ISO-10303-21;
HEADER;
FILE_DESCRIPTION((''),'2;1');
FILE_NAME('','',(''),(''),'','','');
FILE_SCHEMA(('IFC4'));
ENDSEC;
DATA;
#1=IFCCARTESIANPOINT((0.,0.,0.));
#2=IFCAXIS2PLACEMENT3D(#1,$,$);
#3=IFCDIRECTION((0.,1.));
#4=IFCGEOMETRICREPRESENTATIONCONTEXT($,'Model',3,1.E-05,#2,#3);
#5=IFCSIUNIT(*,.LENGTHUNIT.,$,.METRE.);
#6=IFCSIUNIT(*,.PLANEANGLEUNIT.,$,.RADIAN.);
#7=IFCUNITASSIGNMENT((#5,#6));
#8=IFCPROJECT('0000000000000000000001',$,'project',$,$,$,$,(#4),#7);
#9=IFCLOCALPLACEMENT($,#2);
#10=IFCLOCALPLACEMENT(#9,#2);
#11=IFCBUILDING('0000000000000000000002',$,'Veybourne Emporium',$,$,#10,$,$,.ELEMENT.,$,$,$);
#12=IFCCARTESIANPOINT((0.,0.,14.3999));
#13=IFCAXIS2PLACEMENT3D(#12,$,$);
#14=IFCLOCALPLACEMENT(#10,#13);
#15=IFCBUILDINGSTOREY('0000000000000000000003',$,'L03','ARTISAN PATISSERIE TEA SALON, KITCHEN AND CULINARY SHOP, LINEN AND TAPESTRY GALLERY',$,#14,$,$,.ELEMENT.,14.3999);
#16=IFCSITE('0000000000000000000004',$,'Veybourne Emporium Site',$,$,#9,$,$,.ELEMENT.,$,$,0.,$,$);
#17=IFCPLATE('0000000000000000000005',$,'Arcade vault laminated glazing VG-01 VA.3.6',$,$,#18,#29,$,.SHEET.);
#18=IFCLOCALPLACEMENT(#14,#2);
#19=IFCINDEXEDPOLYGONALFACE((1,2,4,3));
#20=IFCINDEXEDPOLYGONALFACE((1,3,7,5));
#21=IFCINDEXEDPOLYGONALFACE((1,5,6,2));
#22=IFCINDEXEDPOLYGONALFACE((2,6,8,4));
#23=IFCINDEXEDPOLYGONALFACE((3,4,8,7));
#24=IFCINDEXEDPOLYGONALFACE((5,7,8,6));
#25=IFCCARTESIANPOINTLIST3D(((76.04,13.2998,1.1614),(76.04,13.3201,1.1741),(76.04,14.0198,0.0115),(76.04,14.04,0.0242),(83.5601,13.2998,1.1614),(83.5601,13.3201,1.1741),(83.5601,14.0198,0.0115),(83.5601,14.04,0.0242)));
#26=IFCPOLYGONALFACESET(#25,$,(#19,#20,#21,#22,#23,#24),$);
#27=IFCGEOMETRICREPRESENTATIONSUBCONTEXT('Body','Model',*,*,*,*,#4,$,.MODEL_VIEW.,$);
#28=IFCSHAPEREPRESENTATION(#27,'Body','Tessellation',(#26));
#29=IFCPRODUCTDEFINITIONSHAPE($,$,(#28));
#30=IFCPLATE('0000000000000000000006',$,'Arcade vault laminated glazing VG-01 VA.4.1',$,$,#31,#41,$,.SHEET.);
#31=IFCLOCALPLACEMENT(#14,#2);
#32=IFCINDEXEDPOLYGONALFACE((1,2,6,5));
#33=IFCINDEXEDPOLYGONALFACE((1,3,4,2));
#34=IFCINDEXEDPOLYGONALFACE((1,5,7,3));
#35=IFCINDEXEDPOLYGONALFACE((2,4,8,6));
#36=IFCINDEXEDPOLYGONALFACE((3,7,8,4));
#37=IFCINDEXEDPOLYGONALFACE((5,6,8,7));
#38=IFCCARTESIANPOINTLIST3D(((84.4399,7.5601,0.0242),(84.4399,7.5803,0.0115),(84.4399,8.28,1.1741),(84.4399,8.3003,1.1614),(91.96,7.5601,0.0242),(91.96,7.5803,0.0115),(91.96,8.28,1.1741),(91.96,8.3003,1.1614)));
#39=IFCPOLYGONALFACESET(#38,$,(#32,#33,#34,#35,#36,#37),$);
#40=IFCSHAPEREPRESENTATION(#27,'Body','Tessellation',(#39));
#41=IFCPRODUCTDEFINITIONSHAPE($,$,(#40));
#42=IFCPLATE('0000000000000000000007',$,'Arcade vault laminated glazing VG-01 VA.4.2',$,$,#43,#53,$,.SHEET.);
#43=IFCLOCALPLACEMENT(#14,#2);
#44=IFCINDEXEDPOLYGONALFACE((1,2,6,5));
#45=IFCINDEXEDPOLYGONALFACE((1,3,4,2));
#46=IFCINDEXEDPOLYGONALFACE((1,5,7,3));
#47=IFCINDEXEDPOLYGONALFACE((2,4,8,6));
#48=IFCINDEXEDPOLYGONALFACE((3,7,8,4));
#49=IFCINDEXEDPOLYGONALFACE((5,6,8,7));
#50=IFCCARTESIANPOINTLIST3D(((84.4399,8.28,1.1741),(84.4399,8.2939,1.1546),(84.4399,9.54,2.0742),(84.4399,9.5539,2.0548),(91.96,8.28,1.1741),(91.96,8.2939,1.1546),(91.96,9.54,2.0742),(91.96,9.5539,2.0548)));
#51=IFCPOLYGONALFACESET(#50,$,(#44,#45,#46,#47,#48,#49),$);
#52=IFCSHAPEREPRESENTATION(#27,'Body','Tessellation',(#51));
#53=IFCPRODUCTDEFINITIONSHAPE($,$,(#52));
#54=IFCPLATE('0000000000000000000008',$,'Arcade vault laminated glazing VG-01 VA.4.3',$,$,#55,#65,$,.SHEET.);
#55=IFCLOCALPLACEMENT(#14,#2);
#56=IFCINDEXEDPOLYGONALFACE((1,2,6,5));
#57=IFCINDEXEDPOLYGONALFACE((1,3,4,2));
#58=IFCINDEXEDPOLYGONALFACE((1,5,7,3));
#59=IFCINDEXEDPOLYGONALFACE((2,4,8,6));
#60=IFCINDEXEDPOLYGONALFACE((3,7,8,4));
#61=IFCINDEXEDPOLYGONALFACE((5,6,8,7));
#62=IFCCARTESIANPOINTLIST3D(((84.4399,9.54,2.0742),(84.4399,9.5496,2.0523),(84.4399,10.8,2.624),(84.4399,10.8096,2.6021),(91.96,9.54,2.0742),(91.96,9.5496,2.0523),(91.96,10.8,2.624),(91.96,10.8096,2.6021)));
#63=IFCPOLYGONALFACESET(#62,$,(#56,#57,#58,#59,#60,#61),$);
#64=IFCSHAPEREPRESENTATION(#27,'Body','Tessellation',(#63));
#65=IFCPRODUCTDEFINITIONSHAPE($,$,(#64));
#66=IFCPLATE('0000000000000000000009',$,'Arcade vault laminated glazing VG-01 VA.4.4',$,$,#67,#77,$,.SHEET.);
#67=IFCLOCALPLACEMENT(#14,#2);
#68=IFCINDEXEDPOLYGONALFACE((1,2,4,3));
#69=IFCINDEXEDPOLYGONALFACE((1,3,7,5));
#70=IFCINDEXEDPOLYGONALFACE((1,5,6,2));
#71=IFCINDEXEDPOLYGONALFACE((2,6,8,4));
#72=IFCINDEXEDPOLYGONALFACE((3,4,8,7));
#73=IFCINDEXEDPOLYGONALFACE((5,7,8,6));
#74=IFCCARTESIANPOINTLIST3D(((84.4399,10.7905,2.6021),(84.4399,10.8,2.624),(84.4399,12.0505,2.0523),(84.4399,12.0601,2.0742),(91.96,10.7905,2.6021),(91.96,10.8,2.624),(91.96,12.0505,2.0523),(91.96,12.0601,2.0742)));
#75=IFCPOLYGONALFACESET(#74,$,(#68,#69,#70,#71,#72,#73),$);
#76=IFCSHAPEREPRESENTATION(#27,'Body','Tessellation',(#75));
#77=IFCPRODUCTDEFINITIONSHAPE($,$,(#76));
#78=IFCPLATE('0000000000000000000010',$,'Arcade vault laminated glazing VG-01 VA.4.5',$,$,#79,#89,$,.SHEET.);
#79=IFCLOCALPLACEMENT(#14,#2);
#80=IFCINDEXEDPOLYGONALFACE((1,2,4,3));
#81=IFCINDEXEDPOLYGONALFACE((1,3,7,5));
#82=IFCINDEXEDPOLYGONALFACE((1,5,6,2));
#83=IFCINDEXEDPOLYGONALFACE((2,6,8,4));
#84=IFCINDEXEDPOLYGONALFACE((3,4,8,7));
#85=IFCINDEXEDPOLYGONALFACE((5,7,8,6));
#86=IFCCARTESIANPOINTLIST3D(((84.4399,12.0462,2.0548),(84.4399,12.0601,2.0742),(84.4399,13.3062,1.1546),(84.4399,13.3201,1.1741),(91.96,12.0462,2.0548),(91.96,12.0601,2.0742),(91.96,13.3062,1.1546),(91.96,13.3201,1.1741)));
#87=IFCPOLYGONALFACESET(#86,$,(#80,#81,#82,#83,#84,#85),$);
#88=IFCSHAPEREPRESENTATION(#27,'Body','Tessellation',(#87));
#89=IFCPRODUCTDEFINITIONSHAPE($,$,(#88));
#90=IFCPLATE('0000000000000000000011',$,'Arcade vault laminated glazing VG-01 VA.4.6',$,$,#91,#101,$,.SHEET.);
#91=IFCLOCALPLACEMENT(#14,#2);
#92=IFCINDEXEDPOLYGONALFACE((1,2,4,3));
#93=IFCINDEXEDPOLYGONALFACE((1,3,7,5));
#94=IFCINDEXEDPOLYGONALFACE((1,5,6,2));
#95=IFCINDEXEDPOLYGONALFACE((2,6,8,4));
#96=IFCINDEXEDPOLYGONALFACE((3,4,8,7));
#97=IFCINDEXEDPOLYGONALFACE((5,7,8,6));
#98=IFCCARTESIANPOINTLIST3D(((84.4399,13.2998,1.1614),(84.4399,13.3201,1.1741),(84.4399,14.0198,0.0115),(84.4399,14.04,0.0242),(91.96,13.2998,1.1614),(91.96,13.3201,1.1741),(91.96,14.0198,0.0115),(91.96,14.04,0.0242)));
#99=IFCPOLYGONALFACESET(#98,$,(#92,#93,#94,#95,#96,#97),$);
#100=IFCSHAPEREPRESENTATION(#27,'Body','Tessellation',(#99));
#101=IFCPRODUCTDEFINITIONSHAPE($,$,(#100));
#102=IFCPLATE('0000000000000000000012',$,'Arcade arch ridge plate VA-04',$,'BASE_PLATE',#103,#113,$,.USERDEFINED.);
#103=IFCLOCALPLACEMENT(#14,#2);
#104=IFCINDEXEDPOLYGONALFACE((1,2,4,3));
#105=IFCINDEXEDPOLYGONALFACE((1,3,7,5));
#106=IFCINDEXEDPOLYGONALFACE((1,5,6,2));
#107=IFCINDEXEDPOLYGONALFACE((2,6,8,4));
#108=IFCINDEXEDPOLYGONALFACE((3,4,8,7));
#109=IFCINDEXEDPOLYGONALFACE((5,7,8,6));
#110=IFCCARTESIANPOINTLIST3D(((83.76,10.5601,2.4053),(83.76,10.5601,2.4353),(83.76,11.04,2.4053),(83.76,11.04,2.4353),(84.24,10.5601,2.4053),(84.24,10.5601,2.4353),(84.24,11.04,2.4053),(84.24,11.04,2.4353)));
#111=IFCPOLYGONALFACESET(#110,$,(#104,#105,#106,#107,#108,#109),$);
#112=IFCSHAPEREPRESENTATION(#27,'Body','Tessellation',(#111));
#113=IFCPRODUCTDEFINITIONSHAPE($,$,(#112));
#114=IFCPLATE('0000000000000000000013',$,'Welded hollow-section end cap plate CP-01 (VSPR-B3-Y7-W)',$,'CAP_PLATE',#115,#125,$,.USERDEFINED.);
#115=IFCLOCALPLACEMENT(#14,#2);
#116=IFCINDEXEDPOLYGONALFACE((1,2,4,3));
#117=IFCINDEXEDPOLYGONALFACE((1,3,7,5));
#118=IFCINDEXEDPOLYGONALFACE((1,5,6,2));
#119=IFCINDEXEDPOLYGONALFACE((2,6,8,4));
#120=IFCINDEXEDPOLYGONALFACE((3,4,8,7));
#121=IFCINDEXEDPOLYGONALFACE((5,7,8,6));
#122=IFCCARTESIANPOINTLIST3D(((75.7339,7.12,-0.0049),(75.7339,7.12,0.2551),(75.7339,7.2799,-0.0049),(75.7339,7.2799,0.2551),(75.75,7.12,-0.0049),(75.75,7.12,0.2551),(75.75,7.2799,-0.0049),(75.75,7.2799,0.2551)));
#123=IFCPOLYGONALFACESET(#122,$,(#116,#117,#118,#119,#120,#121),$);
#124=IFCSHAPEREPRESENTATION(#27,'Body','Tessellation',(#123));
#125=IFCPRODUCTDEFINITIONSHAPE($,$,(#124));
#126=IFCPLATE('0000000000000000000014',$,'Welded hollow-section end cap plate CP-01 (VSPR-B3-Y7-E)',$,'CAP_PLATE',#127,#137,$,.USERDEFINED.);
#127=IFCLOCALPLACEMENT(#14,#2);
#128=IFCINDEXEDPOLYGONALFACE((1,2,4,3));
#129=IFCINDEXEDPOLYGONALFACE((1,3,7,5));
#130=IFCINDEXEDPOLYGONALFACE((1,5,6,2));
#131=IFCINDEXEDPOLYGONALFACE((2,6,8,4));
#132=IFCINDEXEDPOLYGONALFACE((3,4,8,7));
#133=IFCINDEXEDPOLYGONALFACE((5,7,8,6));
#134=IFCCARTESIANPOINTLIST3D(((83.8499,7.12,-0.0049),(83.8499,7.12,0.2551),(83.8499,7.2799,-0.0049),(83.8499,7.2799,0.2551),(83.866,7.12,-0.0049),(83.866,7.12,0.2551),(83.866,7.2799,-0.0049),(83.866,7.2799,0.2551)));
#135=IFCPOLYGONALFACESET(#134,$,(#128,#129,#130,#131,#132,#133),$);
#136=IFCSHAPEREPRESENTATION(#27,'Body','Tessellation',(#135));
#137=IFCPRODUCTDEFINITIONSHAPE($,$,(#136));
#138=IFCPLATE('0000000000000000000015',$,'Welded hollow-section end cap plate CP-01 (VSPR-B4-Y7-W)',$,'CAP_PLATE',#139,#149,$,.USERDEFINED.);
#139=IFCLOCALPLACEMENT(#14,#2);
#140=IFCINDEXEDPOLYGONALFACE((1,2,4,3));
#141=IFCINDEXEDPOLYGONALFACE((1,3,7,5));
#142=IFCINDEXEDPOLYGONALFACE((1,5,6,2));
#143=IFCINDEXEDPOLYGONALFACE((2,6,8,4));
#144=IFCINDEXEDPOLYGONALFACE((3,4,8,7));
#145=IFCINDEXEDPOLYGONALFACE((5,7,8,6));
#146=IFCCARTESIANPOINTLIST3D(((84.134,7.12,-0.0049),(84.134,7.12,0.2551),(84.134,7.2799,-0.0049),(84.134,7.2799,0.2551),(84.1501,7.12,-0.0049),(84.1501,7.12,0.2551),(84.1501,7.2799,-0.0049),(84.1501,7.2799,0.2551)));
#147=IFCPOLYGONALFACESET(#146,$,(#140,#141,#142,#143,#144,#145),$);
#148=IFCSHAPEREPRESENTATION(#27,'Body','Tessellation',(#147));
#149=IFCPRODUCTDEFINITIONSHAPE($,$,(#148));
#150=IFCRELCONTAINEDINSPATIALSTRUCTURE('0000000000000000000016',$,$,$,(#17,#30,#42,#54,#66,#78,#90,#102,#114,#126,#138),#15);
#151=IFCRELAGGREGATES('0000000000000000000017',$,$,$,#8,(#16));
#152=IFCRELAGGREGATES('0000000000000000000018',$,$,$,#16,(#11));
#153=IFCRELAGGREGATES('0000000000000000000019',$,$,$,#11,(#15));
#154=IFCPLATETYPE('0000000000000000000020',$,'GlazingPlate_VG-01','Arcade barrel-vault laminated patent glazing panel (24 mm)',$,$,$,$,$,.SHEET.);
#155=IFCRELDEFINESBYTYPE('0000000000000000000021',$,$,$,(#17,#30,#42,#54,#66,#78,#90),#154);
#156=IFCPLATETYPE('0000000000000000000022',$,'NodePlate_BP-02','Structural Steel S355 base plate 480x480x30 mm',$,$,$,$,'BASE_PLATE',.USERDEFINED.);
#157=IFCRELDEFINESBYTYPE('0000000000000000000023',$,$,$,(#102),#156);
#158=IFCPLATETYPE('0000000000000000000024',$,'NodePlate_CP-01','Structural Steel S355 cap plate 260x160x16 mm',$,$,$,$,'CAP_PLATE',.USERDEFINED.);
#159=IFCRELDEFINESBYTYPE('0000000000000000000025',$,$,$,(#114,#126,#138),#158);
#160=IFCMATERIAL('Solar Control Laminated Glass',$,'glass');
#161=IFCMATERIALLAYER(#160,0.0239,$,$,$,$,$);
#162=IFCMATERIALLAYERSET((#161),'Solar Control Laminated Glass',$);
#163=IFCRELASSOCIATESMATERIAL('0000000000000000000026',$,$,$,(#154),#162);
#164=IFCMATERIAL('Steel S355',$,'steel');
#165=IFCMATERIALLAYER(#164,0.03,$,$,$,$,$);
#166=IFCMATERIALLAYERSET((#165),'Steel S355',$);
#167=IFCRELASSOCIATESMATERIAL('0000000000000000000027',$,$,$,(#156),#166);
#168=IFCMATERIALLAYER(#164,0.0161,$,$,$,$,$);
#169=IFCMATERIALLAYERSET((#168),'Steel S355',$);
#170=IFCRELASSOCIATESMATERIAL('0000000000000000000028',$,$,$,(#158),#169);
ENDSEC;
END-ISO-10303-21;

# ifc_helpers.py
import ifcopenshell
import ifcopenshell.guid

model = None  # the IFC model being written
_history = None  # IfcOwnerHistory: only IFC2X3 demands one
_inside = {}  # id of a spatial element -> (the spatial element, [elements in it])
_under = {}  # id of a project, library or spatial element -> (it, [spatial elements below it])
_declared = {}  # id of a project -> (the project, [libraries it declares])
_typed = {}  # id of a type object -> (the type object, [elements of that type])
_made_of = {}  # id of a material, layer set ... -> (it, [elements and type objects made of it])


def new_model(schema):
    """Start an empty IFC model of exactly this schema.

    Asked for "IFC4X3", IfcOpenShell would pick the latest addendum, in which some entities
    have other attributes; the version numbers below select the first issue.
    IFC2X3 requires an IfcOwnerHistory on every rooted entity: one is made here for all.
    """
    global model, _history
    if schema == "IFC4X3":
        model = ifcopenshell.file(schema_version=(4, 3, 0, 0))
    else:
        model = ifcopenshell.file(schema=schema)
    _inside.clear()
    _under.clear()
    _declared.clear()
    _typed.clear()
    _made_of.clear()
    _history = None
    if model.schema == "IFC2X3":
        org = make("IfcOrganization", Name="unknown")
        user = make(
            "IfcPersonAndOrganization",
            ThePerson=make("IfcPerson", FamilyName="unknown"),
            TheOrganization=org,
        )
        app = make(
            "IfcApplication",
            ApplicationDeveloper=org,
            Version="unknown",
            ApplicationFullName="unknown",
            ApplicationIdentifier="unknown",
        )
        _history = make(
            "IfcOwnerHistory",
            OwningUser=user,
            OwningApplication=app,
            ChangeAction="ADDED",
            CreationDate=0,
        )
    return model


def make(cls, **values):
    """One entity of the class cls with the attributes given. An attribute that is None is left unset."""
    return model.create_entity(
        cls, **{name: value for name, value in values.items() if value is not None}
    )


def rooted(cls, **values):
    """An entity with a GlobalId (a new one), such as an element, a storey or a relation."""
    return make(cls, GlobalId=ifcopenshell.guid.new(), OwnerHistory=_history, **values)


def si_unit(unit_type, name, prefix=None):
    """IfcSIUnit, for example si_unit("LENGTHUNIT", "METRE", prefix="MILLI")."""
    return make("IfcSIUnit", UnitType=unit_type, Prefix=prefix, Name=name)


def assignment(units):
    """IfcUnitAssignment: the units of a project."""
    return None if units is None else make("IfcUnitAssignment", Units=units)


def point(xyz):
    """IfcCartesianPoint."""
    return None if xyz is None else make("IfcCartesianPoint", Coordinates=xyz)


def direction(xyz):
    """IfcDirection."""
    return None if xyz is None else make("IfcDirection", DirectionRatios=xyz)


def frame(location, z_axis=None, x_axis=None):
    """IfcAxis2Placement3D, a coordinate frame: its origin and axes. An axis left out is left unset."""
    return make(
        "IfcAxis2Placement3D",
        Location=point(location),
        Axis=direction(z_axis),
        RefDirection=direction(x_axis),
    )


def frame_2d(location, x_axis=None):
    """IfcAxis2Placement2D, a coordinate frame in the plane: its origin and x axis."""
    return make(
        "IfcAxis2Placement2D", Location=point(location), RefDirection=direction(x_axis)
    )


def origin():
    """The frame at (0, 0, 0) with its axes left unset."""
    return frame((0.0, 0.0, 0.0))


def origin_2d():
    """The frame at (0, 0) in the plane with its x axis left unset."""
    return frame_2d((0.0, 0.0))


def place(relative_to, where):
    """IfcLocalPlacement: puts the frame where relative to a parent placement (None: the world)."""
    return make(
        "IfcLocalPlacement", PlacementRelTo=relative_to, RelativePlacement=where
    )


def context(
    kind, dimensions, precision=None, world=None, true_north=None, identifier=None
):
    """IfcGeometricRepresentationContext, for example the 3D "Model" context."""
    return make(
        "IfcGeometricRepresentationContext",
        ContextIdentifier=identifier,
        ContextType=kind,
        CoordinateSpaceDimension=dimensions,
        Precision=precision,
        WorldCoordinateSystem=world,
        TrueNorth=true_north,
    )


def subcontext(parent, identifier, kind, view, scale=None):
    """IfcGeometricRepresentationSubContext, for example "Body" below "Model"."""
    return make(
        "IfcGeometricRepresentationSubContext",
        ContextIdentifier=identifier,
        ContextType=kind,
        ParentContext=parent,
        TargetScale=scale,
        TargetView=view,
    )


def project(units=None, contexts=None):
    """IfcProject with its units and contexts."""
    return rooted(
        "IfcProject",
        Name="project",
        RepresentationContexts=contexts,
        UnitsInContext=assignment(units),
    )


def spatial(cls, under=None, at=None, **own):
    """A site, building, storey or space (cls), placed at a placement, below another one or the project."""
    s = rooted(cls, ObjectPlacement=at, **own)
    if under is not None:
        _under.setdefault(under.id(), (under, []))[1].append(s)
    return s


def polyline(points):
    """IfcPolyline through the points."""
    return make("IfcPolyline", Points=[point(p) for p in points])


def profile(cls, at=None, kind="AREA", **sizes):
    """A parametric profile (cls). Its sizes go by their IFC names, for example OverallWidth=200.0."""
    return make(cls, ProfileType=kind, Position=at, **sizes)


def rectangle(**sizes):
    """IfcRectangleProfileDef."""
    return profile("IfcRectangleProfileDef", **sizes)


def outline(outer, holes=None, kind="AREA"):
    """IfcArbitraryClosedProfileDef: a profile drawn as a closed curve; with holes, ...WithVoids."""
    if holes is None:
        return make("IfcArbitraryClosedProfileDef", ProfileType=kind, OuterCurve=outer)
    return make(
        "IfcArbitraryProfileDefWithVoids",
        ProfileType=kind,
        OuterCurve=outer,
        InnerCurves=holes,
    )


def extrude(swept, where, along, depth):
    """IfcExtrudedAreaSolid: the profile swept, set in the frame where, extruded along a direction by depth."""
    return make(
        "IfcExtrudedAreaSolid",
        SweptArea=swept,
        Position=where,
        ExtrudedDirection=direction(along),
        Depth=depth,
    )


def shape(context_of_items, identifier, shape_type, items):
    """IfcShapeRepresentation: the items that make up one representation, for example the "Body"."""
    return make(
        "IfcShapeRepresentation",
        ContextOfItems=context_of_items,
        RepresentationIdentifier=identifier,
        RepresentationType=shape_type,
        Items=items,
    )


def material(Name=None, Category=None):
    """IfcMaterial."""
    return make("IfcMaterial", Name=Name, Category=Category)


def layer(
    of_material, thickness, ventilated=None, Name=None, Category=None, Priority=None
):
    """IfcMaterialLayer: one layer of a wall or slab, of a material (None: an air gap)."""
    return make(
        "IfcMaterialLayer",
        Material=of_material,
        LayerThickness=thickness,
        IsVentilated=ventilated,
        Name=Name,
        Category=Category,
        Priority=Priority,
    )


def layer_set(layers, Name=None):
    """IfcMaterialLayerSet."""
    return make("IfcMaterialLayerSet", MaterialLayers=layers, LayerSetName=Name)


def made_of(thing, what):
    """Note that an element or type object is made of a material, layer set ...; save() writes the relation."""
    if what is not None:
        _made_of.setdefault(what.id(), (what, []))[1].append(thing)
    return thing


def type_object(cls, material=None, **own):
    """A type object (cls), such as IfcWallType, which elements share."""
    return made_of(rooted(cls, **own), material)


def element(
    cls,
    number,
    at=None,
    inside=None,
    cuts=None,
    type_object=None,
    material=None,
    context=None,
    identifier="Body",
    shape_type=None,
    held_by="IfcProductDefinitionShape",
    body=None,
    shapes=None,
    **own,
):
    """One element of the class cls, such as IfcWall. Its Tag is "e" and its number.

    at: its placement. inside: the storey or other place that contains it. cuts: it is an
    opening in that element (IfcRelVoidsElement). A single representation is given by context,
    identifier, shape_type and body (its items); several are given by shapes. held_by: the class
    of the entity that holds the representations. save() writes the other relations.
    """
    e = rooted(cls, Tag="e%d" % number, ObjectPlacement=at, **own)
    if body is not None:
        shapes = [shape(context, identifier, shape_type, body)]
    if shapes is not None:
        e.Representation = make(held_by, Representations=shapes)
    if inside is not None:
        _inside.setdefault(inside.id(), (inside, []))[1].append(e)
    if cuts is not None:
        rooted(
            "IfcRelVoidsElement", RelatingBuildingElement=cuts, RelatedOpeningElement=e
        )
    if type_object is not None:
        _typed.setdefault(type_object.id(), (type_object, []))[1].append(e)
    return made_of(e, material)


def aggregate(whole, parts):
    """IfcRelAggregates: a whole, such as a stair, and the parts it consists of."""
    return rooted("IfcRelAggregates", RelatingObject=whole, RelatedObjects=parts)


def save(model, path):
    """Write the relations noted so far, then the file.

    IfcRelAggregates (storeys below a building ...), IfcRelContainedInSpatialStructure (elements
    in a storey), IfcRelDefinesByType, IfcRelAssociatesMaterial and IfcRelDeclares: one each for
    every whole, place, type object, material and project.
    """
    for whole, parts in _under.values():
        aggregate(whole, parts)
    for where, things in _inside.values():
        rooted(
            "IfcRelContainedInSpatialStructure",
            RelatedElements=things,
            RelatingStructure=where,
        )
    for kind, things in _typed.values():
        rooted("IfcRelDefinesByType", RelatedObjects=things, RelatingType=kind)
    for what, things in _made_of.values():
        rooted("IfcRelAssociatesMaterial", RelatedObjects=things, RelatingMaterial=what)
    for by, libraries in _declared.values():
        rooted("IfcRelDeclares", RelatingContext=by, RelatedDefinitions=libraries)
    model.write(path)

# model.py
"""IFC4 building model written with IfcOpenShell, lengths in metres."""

from ifc_helpers import new_model, si_unit, direction, frame, origin, origin_2d, place, context, subcontext, project, spatial, polyline, rectangle, outline, extrude, material, layer, layer_set, type_object, element, save


model = new_model("IFC4")

# Units and contexts
model_context = context("Model", 3, precision=1e-05, world=origin(), true_north=direction((0.0, 1.0)))
body_context = subcontext(model_context, "Body", "Model", "MODEL_VIEW")
ifc_project = project(units=[si_unit("LENGTHUNIT", "METRE"), si_unit("PLANEANGLEUNIT", "RADIAN")], contexts=[model_context])

# Site, building, storey
site_placement = place(None, origin())
site = spatial("IfcSite", under=ifc_project, at=site_placement, Name="Veybourne Emporium Site", CompositionType="ELEMENT", RefElevation=0.0)
building_placement = place(site_placement, origin())
building = spatial("IfcBuilding", under=site, at=building_placement, Name="Veybourne Emporium", CompositionType="ELEMENT")
storey_placement = place(building_placement, frame((0.0, 0.0, 14.3999)))
storey = spatial("IfcBuildingStorey", under=building, at=storey_placement, Name="L03", Description="ARTISAN PATISSERIE TEA SALON, KITCHEN AND CULINARY SHOP, LINEN AND TAPESTRY GALLERY", CompositionType="ELEMENT", Elevation=14.3999)

# Shared definitions
ifc_material_1 = material(Name="Steel S355", Category="steel")

# Plates
ifc_material_2 = material(Name="Solar Control Laminated Glass", Category="glass")
ifc_layer_1 = layer(ifc_material_2, 0.0239)
ifc_layer_set_1 = layer_set([ifc_layer_1], Name="Solar Control Laminated Glass")
plate_type_1 = type_object("IfcPlateType", Name="GlazingPlate_VG-01", Description="Arcade barrel-vault laminated patent glazing panel (24 mm)", PredefinedType="SHEET", material=ifc_layer_set_1)
for number, where, z_axis, x_axis, name in (
    (1, (76.04, 13.3201, 1.1741), (0.0, 0.847573, 0.530678), (1.0, 0.0, 0.0), "Arcade vault laminated glazing VG-01 VA.3.6"),
    (2, (84.4399, 7.5601, 0.0242), (0.0, -0.847573, 0.530678), (1.0, 0.0, 0.0), "Arcade vault laminated glazing VG-01 VA.4.1"),
):
    element("IfcPlate", number, at=place(storey_placement, frame(where, z_axis=z_axis, x_axis=x_axis)), inside=storey, type_object=plate_type_1, Name=name, PredefinedType="SHEET", context=body_context, shape_type="SweptSolid", body=[
        extrude(outline(polyline([(0.0, 0.0), (7.52, 0.0), (7.52, 1.3567), (0.0, 1.3567), (0.0, 0.0)])), origin(), (0.0, 0.0, -1.0), 0.0239),
    ])
plate_1_placement = place(storey_placement, frame((84.4399, 8.28, 1.1741), z_axis=(0.0, -0.581298, 0.813691), x_axis=(1.0, 0.0, 0.0)))
element("IfcPlate", 3, at=plate_1_placement, inside=storey, type_object=plate_type_1, Name="Arcade vault laminated glazing VG-01 VA.4.2", PredefinedType="SHEET", context=body_context, shape_type="SweptSolid", body=[
    extrude(outline(polyline([(0.0, 0.0), (7.52, 0.0), (7.52, 1.5485), (0.0, 1.5485), (0.0, 0.0)])), origin(), (0.0, 0.0, -1.0), 0.0239),
])
for number, where, z_axis, x_axis, name in (
    (4, (84.4399, 9.54, 2.0742), (0.0, -0.399934, 0.916544), (1.0, 0.0, 0.0), "Arcade vault laminated glazing VG-01 VA.4.3"),
    (5, (84.4399, 10.8, 2.624), (0.0, 0.399934, 0.916544), (1.0, 0.0, 0.0), "Arcade vault laminated glazing VG-01 VA.4.4"),
):
    element("IfcPlate", number, at=place(storey_placement, frame(where, z_axis=z_axis, x_axis=x_axis)), inside=storey, type_object=plate_type_1, Name=name, PredefinedType="SHEET", context=body_context, shape_type="SweptSolid", body=[
        extrude(outline(polyline([(0.0, 0.0), (7.52, 0.0), (7.52, 1.3747), (0.0, 1.3747), (0.0, 0.0)])), origin(), (0.0, 0.0, -1.0), 0.0239),
    ])
plate_2_placement = place(storey_placement, frame((84.4399, 12.0601, 2.0742), z_axis=(0.0, 0.581298, 0.813691), x_axis=(1.0, 0.0, 0.0)))
element("IfcPlate", 6, at=plate_2_placement, inside=storey, type_object=plate_type_1, Name="Arcade vault laminated glazing VG-01 VA.4.5", PredefinedType="SHEET", context=body_context, shape_type="SweptSolid", body=[
    extrude(outline(polyline([(0.0, 0.0), (7.52, 0.0), (7.52, 1.5485), (0.0, 1.5485), (0.0, 0.0)])), origin(), (0.0, 0.0, -1.0), 0.0239),
])
plate_3_placement = place(storey_placement, frame((84.4399, 13.3201, 1.1741), z_axis=(0.0, 0.847573, 0.530678), x_axis=(1.0, 0.0, 0.0)))
element("IfcPlate", 7, at=plate_3_placement, inside=storey, type_object=plate_type_1, Name="Arcade vault laminated glazing VG-01 VA.4.6", PredefinedType="SHEET", context=body_context, shape_type="SweptSolid", body=[
    extrude(outline(polyline([(0.0, 0.0), (7.52, 0.0), (7.52, 1.3567), (0.0, 1.3567), (0.0, 0.0)])), origin(), (0.0, 0.0, -1.0), 0.0239),
])
ifc_layer_2 = layer(ifc_material_1, 0.03)
ifc_layer_set_2 = layer_set([ifc_layer_2], Name="Steel S355")
plate_type_2 = type_object("IfcPlateType", Name="NodePlate_BP-02", Description="Structural Steel S355 base plate 480x480x30 mm", ElementType="BASE_PLATE", PredefinedType="USERDEFINED", material=ifc_layer_set_2)
plate_4_placement = place(storey_placement, frame((84.0, 10.8, 2.4053), z_axis=(0.0, 0.0, 1.0), x_axis=(1.0, 0.0, 0.0)))
element("IfcPlate", 8, at=plate_4_placement, inside=storey, type_object=plate_type_2, Name="Arcade arch ridge plate VA-04", ObjectType="BASE_PLATE", PredefinedType="USERDEFINED", context=body_context, shape_type="SweptSolid", body=[
    extrude(rectangle(XDim=0.48, YDim=0.48, at=origin_2d()), origin(), (0.0, 0.0, 1.0), 0.03),
])
ifc_layer_3 = layer(ifc_material_1, 0.0161)
ifc_layer_set_3 = layer_set([ifc_layer_3], Name="Steel S355")
plate_type_3 = type_object("IfcPlateType", Name="NodePlate_CP-01", Description="Structural Steel S355 cap plate 260x160x16 mm", ElementType="CAP_PLATE", PredefinedType="USERDEFINED", material=ifc_layer_set_3)
for number, where, z_axis, x_axis, name in (
    (9, (75.7419, 7.2, -0.0049), (0.0, 0.0, 1.0), (1.0, 0.0, 0.0), "Welded hollow-section end cap plate CP-01 (VSPR-B3-Y7-W)"),
    (10, (83.8579, 7.2, -0.0049), (0.0, 0.0, 1.0), (1.0, 0.0, 0.0), "Welded hollow-section end cap plate CP-01 (VSPR-B3-Y7-E)"),
    (11, (84.1421, 7.2, -0.0049), (0.0, 0.0, 1.0), (1.0, 0.0, 0.0), "Welded hollow-section end cap plate CP-01 (VSPR-B4-Y7-W)"),
):
    element("IfcPlate", number, at=place(storey_placement, frame(where, z_axis=z_axis, x_axis=x_axis)), inside=storey, type_object=plate_type_3, Name=name, ObjectType="CAP_PLATE", PredefinedType="USERDEFINED", context=body_context, shape_type="SweptSolid", body=[
        extrude(rectangle(XDim=0.0161, YDim=0.1599, at=origin_2d()), origin(), (0.0, 0.0, 1.0), 0.26),
    ])

save(model, "model.ifc")
